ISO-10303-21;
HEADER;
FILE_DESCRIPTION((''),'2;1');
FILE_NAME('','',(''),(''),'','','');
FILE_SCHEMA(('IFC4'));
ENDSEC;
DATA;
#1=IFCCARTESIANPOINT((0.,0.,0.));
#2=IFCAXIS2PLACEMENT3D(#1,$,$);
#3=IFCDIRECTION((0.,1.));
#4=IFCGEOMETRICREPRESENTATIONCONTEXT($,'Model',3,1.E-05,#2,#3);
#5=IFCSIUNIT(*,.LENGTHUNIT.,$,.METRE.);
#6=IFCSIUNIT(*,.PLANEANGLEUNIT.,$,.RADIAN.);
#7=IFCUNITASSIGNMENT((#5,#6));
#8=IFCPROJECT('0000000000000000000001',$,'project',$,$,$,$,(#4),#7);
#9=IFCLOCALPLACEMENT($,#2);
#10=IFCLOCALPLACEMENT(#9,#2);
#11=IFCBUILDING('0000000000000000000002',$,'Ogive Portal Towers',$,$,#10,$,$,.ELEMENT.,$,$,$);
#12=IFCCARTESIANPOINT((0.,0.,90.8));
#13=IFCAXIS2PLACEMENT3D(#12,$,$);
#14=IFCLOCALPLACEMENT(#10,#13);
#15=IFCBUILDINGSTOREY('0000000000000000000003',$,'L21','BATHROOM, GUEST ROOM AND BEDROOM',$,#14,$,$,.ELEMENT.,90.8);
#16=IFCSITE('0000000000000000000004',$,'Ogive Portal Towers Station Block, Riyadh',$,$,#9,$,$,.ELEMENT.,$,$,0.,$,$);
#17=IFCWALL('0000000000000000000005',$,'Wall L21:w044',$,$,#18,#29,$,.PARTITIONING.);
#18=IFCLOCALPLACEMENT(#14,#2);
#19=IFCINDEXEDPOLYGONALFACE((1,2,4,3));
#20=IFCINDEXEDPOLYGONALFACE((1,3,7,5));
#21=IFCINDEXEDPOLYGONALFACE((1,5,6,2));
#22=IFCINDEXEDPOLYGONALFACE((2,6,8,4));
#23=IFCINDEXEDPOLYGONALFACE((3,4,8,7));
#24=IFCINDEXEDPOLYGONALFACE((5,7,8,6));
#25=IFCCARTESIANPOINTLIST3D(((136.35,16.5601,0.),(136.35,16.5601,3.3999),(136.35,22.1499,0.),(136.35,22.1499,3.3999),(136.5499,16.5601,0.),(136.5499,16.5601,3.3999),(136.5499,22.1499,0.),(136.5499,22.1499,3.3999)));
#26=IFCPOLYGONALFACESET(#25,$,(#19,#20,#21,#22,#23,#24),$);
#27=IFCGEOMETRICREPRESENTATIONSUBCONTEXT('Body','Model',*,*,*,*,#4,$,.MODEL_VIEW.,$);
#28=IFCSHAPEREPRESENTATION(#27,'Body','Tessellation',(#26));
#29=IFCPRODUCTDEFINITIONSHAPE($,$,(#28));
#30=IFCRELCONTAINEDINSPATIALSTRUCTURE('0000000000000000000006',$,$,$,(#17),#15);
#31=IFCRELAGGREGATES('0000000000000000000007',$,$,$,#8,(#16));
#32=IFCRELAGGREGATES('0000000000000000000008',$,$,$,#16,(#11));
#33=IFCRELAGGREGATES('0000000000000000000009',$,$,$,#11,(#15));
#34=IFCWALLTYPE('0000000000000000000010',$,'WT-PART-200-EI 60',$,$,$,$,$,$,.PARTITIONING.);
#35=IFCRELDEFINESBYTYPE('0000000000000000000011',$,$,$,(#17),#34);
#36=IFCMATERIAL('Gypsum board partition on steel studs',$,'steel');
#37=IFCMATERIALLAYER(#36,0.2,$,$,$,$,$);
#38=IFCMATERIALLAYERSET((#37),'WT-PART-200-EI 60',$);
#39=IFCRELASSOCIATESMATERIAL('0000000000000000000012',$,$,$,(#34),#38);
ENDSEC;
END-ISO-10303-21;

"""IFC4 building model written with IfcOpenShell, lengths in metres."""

from ifc_helpers import new_model, si_unit, direction, frame, frame_2d, origin, place, context, subcontext, project, spatial, rectangle, extrude, material, layer, layer_set, type_object, element, save


model = new_model("IFC4")

# Units and contexts
model_context = context("Model", 3, precision=1e-05, world=origin(), true_north=direction((0.0, 1.0)))
body_context = subcontext(model_context, "Body", "Model", "MODEL_VIEW")
ifc_project = project(units=[si_unit("LENGTHUNIT", "METRE"), si_unit("PLANEANGLEUNIT", "RADIAN")], contexts=[model_context])

# Site, building, storey
site_placement = place(None, origin())
site = spatial("IfcSite", under=ifc_project, at=site_placement, Name="Ogive Portal Towers Station Block, Riyadh", CompositionType="ELEMENT", RefElevation=0.0)
building_placement = place(site_placement, origin())
building = spatial("IfcBuilding", under=site, at=building_placement, Name="Ogive Portal Towers", CompositionType="ELEMENT")
storey_placement = place(building_placement, frame((0.0, 0.0, 90.8)))
storey = spatial("IfcBuildingStorey", under=building, at=storey_placement, Name="L21", Description="BATHROOM, GUEST ROOM AND BEDROOM", CompositionType="ELEMENT", Elevation=90.8)

# Wall
ifc_material_1 = material(Name="Gypsum board partition on steel studs", Category="steel")
ifc_layer_1 = layer(ifc_material_1, 0.2)
ifc_layer_set_1 = layer_set([ifc_layer_1], Name="WT-PART-200-EI 60")
wall_type_1 = type_object("IfcWallType", Name="WT-PART-200-EI 60", PredefinedType="PARTITIONING", material=ifc_layer_set_1)
wall_1_placement = place(storey_placement, frame((136.45, 16.5601, 0.0), z_axis=(0.0, 0.0, 1.0), x_axis=(0.0, 1.0, 0.0)))
element("IfcWall", 1, at=wall_1_placement, inside=storey, type_object=wall_type_1, Name="Wall L21:w044", PredefinedType="PARTITIONING", context=body_context, shape_type="SweptSolid", body=[
    extrude(rectangle(XDim=5.5898, YDim=0.2, at=frame_2d((2.7949, 0.0))), origin(), (0.0, 0.0, 1.0), 3.3999),
])

save(model, "model.ifc")
